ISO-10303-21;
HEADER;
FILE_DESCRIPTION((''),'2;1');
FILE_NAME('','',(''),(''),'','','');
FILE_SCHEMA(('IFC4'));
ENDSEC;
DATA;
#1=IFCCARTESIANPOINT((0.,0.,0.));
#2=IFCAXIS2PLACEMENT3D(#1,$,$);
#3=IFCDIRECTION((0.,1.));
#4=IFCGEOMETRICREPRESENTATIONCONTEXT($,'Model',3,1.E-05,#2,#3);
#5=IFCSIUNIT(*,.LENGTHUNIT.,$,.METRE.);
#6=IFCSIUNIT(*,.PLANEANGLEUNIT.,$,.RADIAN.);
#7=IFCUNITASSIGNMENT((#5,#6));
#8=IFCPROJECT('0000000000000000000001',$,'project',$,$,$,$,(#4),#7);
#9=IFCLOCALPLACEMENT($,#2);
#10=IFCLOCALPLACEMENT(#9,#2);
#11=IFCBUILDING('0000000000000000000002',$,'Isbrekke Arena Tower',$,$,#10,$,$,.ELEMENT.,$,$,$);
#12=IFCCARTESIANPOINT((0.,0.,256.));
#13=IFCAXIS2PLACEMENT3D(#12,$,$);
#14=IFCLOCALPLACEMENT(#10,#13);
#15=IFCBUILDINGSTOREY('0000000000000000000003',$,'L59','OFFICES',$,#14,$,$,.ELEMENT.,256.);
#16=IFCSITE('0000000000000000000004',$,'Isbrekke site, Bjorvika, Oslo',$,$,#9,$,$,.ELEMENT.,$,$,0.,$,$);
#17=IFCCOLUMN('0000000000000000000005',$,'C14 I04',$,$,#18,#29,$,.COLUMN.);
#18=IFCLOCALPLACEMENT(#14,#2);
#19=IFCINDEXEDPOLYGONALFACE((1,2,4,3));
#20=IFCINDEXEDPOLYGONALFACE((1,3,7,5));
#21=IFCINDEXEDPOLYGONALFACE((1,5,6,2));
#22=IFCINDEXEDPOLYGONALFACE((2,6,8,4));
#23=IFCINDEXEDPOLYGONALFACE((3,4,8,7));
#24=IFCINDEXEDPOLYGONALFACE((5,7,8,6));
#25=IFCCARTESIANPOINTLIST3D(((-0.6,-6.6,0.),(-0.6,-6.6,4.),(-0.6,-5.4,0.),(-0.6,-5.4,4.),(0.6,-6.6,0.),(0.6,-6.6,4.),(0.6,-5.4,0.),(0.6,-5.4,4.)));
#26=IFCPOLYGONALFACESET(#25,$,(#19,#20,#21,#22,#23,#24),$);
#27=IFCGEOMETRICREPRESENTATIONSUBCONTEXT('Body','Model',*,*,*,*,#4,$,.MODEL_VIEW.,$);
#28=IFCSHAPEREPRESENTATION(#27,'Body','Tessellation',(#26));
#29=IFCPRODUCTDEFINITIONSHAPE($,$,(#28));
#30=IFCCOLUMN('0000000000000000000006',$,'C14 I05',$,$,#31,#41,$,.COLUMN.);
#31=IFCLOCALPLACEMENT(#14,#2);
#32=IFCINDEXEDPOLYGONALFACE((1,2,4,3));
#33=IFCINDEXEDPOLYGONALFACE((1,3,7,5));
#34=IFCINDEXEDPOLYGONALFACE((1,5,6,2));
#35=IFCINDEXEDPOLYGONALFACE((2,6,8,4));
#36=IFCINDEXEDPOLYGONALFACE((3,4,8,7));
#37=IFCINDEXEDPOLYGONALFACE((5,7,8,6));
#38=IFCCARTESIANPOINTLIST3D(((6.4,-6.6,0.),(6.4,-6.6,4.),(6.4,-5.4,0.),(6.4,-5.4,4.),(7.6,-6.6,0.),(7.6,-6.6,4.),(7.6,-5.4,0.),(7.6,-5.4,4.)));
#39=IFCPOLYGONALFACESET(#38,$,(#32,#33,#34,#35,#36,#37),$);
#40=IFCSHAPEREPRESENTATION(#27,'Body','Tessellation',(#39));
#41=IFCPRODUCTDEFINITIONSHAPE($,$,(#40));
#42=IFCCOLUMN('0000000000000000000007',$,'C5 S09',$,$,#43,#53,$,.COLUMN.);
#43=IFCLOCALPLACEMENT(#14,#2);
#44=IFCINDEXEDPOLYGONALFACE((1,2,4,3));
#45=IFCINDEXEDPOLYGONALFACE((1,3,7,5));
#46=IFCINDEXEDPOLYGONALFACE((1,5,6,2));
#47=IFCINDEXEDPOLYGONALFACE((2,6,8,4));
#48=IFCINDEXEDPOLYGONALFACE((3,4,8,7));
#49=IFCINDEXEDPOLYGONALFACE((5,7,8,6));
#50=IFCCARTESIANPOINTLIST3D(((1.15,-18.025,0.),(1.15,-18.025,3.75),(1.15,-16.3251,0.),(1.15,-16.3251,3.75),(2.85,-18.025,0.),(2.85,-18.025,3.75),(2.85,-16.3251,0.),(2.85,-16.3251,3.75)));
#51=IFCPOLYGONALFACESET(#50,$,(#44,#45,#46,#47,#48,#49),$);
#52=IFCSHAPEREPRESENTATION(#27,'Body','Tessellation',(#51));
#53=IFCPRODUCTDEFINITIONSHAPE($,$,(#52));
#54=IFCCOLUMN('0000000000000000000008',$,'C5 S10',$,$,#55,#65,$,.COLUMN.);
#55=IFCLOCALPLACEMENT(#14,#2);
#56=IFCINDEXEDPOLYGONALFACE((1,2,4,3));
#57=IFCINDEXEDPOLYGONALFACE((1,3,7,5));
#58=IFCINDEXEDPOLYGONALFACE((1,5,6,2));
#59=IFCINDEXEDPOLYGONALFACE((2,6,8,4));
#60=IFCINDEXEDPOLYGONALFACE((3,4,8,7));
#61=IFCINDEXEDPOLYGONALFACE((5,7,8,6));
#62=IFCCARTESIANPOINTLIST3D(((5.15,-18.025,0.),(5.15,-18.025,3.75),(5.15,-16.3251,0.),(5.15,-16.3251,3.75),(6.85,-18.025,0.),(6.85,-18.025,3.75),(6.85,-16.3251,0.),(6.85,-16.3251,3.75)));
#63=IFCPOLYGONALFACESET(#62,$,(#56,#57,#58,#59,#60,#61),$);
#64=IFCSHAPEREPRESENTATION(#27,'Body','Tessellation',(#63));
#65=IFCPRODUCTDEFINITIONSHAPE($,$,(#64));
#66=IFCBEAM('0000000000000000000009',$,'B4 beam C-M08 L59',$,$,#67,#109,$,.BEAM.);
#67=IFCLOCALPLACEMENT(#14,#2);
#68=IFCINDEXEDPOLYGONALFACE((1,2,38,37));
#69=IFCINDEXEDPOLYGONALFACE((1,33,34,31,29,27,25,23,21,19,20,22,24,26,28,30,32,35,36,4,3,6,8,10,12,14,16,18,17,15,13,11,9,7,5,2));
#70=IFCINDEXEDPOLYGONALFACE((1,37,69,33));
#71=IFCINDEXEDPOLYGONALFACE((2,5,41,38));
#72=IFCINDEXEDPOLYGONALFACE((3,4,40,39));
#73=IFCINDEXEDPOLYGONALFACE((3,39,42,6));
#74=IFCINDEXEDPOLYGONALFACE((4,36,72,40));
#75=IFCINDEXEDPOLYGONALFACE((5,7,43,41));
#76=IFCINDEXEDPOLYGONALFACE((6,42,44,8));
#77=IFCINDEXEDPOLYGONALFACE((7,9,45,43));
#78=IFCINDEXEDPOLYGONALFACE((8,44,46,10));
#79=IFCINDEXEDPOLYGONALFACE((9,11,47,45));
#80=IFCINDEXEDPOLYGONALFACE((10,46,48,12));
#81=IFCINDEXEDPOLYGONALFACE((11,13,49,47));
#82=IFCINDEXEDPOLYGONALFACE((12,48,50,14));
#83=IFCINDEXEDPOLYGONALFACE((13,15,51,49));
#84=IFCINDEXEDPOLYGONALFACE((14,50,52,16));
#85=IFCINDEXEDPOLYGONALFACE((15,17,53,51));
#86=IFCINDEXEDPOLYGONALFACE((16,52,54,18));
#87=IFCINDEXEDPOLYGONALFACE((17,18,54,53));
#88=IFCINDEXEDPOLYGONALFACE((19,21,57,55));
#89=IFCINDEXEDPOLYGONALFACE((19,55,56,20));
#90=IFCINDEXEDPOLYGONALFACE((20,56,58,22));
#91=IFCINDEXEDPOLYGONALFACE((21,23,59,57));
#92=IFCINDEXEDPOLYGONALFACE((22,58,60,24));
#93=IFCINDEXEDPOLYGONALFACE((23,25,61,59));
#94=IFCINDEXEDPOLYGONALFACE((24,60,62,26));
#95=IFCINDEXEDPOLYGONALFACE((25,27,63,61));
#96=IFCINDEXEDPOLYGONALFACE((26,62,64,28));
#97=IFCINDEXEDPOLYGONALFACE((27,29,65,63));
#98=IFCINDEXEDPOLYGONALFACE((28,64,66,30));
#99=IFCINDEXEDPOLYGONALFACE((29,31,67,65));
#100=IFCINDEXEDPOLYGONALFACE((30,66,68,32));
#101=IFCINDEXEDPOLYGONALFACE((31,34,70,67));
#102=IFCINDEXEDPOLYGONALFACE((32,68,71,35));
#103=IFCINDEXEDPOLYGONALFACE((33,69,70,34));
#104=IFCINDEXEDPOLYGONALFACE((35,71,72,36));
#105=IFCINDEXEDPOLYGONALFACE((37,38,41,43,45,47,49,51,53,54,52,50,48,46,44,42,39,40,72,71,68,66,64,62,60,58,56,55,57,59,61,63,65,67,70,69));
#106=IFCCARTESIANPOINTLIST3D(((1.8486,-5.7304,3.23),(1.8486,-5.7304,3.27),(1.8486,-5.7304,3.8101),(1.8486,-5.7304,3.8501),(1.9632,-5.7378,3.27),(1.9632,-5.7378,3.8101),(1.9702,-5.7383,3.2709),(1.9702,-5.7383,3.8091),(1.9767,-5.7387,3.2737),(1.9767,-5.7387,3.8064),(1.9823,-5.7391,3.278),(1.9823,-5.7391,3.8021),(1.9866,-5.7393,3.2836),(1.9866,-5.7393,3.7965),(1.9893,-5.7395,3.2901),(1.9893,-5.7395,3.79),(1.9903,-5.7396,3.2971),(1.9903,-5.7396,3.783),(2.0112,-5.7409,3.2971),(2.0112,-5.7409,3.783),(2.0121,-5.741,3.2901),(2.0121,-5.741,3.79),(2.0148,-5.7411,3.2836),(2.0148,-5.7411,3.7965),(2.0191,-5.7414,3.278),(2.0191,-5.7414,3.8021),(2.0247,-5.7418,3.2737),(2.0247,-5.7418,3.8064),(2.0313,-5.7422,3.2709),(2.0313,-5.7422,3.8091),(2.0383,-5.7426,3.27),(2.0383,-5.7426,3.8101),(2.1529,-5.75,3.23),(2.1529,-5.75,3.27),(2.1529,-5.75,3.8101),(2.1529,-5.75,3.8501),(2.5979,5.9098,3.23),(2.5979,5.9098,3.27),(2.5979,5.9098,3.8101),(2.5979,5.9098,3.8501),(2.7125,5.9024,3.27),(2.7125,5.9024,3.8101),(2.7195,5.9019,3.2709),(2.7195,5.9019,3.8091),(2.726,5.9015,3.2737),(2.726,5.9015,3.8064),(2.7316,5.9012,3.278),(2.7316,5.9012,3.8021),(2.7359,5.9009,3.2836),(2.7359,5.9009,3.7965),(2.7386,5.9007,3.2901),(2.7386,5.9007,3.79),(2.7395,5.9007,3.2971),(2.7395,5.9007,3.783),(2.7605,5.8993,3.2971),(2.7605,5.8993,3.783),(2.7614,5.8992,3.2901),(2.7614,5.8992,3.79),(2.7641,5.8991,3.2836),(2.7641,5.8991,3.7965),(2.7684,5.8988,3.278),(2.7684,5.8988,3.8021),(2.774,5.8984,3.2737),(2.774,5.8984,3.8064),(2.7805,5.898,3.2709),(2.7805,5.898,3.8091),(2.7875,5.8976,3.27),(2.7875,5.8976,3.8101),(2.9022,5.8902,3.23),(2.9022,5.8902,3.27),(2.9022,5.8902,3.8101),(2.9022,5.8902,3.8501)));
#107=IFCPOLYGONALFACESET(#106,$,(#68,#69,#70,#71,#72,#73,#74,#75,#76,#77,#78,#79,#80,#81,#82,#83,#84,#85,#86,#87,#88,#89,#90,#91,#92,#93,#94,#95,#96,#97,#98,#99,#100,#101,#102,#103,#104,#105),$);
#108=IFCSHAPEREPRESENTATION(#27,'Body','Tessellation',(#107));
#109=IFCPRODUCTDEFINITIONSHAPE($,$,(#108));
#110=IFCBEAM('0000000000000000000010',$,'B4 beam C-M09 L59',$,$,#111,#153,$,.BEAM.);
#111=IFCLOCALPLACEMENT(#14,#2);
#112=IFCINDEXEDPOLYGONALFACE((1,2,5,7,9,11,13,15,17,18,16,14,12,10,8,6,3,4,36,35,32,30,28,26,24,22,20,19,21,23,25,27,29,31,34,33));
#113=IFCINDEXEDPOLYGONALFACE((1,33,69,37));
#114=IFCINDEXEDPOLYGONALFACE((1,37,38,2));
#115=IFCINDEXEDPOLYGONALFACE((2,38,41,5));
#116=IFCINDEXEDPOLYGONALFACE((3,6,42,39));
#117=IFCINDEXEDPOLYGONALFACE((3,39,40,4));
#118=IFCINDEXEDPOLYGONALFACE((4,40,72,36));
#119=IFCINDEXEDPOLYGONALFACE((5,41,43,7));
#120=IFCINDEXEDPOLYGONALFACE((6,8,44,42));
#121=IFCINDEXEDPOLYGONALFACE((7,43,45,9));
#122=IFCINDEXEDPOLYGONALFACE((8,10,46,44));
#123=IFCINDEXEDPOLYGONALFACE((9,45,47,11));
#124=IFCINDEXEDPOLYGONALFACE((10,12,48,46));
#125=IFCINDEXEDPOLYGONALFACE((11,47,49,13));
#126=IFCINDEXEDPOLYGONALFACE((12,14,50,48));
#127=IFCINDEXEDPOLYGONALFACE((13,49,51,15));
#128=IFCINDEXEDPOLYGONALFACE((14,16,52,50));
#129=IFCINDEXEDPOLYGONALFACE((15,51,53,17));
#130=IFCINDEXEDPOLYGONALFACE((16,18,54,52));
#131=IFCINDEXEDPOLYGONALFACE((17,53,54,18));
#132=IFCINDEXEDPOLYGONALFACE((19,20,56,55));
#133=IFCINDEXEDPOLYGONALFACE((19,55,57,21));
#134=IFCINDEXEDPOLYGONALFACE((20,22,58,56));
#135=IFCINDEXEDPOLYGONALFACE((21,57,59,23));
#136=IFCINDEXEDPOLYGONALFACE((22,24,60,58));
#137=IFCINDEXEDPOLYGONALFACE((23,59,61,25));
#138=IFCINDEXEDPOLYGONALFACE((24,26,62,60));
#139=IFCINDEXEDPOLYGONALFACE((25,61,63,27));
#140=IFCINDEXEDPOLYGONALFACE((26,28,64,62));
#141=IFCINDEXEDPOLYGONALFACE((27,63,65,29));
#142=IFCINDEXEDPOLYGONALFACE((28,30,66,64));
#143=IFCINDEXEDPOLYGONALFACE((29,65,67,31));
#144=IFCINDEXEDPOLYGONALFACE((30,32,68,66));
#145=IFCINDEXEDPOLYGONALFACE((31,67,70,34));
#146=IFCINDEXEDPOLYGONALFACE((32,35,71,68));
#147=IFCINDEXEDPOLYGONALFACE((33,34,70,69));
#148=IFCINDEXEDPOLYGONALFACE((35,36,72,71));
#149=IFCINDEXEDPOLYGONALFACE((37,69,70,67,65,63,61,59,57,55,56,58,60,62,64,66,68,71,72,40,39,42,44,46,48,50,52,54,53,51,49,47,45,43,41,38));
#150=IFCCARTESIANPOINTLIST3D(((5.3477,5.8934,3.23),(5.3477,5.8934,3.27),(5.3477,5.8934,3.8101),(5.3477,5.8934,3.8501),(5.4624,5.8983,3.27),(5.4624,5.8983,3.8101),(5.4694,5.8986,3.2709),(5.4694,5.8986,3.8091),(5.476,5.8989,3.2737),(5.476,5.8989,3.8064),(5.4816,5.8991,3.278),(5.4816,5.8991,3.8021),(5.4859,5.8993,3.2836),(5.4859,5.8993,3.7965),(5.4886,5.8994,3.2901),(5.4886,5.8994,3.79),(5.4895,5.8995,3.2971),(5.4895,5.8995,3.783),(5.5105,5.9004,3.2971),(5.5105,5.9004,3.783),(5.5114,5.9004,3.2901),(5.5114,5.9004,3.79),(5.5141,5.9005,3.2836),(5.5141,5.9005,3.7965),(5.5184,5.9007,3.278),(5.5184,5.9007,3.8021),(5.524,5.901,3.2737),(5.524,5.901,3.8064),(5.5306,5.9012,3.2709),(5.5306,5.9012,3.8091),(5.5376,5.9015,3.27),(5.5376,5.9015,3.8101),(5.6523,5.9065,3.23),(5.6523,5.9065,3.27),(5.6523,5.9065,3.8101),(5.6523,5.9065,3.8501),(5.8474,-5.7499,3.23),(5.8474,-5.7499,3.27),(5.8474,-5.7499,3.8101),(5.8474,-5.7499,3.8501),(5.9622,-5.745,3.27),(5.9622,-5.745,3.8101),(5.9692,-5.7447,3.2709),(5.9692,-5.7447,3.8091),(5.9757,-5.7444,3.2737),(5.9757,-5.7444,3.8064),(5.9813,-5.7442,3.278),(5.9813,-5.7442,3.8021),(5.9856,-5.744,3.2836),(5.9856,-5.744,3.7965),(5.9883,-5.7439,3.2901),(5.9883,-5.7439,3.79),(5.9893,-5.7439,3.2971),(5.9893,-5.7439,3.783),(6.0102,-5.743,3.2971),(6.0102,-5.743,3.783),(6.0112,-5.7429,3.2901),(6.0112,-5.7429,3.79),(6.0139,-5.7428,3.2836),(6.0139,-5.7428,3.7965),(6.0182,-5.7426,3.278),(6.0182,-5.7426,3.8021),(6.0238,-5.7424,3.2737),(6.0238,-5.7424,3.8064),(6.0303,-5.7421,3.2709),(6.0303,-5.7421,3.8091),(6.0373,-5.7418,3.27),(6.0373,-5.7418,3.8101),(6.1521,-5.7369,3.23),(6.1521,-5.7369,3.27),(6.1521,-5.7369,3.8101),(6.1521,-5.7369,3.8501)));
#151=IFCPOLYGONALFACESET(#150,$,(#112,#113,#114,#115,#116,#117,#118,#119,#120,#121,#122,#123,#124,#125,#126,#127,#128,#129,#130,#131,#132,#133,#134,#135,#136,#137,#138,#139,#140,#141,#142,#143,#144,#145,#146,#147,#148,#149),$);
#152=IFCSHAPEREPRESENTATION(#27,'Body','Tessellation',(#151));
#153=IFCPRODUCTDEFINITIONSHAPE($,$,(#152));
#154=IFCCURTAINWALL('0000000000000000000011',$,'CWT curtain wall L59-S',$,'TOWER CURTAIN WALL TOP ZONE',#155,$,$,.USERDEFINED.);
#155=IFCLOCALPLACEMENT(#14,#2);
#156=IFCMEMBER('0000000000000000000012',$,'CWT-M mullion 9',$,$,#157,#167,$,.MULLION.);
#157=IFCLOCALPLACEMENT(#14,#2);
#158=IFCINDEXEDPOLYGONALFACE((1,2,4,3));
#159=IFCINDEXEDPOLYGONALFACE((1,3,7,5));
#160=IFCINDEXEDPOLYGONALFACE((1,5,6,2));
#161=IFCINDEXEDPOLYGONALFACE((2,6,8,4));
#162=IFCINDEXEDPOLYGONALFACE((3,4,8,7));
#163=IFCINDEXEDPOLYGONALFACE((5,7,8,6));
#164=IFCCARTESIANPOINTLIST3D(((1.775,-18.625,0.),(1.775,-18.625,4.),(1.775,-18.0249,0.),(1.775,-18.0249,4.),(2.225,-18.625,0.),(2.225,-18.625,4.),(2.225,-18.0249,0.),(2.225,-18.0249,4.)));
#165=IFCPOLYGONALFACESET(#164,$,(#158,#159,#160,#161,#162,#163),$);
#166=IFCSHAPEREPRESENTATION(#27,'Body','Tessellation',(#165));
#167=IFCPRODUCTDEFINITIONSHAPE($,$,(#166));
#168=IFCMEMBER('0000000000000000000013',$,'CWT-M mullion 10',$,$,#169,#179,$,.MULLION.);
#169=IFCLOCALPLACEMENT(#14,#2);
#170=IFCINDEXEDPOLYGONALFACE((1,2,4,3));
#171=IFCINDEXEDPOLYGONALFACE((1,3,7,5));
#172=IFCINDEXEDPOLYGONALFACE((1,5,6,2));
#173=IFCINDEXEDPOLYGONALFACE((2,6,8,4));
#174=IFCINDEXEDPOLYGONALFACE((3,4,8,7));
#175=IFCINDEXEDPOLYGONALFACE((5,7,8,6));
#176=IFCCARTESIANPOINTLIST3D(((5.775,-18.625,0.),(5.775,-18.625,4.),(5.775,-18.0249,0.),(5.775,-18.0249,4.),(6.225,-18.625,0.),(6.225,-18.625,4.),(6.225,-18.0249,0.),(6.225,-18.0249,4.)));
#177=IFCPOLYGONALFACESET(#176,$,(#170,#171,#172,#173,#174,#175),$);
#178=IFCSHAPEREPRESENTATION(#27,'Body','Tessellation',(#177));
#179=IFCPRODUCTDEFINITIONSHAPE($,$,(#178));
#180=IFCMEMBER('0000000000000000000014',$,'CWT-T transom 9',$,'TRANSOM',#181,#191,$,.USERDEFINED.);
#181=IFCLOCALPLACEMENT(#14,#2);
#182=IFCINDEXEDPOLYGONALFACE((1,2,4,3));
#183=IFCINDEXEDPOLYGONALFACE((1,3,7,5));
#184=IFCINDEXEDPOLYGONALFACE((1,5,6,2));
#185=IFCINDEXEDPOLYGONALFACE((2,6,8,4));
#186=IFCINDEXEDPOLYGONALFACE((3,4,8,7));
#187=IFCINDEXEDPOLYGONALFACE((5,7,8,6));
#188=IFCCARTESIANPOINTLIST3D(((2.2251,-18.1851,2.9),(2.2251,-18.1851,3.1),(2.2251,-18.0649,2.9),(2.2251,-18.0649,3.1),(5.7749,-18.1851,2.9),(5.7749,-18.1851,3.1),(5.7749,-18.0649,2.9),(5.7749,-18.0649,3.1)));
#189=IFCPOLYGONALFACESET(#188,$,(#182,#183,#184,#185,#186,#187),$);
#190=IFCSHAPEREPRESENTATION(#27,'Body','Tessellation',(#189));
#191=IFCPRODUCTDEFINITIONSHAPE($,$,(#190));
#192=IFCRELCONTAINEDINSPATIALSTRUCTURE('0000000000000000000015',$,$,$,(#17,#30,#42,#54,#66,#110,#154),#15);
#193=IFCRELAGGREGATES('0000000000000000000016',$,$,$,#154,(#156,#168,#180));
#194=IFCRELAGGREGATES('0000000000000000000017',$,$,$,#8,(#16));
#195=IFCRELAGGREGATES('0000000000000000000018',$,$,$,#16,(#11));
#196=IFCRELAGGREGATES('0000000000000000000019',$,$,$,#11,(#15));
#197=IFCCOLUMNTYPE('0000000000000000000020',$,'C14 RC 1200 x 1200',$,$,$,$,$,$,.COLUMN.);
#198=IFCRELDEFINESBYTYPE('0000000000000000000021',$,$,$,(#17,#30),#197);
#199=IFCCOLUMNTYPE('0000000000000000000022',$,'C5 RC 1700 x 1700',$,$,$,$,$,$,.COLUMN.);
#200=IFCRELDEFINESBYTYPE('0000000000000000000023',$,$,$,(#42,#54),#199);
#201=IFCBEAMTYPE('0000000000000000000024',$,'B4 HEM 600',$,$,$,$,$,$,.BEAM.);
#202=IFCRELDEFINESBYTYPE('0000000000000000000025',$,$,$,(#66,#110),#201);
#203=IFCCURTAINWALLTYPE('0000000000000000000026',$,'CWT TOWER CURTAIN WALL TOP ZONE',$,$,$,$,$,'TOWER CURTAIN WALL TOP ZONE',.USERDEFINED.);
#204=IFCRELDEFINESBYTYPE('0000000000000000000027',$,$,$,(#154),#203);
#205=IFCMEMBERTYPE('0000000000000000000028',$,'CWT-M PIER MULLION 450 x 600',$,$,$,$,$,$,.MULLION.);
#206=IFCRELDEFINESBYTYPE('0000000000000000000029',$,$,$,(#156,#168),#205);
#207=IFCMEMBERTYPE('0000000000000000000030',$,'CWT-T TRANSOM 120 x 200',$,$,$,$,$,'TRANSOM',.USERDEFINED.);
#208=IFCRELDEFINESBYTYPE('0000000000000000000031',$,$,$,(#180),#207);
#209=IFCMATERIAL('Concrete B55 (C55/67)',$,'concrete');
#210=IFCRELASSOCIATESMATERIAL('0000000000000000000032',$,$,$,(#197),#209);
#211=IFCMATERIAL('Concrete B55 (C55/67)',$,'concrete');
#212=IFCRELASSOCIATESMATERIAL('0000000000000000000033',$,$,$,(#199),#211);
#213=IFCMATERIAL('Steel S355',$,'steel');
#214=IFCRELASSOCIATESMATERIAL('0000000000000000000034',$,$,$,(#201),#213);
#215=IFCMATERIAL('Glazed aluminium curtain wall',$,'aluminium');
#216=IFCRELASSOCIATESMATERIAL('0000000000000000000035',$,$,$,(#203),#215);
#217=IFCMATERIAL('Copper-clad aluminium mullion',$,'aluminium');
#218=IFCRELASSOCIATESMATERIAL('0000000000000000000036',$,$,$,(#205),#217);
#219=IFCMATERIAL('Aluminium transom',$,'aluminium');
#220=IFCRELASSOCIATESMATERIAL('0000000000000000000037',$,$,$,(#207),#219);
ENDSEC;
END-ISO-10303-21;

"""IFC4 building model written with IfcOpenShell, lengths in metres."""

from ifc_helpers import new_model, si_unit, direction, frame, origin, origin_2d, place, context, subcontext, project, spatial, rectangle, i_section, extrude, material, material_profile, profile_set, type_object, element, aggregate, save


model = new_model("IFC4")

# Units and contexts
model_context = context("Model", 3, precision=1e-05, world=origin(), true_north=direction((0.0, 1.0)))
body_context = subcontext(model_context, "Body", "Model", "MODEL_VIEW")
ifc_project = project(units=[si_unit("LENGTHUNIT", "METRE"), si_unit("PLANEANGLEUNIT", "RADIAN")], contexts=[model_context])

# Site, building, storey
site_placement = place(None, origin())
site = spatial("IfcSite", under=ifc_project, at=site_placement, Name="Isbrekke site, Bjorvika, Oslo", CompositionType="ELEMENT", RefElevation=0.0)
building_placement = place(site_placement, origin())
building = spatial("IfcBuilding", under=site, at=building_placement, Name="Isbrekke Arena Tower", CompositionType="ELEMENT")
storey_placement = place(building_placement, frame((0.0, 0.0, 256.0)))
storey = spatial("IfcBuildingStorey", under=building, at=storey_placement, Name="L59", Description="OFFICES", CompositionType="ELEMENT", Elevation=256.0)

# Columns
ifc_material_1 = material(Name="Concrete B55 (C55/67)", Category="concrete")
ifc_material_profile_1 = material_profile(ifc_material_1, rectangle(XDim=1.2, YDim=1.2, at=origin_2d()), Name="RC 1200x1200")
ifc_profile_set_1 = profile_set([ifc_material_profile_1], Name="Concrete B55 (C55/67)")
column_type_1 = type_object("IfcColumnType", Name="C14 RC 1200 x 1200", PredefinedType="COLUMN", material=ifc_profile_set_1)
for number, where, z_axis, x_axis, name in (
    (1, (0.0, -6.0, 0.0), (0.0, 0.0, 1.0), (1.0, 0.0, 0.0), "C14 I04"),
    (2, (7.0, -6.0, 0.0), (0.0, 0.0, 1.0), (1.0, 0.0, 0.0), "C14 I05"),
):
    element("IfcColumn", number, at=place(storey_placement, frame(where, z_axis=z_axis, x_axis=x_axis)), inside=storey, type_object=column_type_1, Name=name, PredefinedType="COLUMN", context=body_context, shape_type="SweptSolid", body=[
        extrude(rectangle(XDim=1.2, YDim=1.2, at=origin_2d()), origin(), (0.0, 0.0, 1.0), 4.0),
    ])
ifc_material_2 = material(Name="Concrete B55 (C55/67)", Category="concrete")
ifc_material_profile_2 = material_profile(ifc_material_2, rectangle(XDim=1.7, YDim=1.7, at=origin_2d()), Name="RC 1700x1700")
ifc_profile_set_2 = profile_set([ifc_material_profile_2], Name="Concrete B55 (C55/67)")
column_type_2 = type_object("IfcColumnType", Name="C5 RC 1700 x 1700", PredefinedType="COLUMN", material=ifc_profile_set_2)
for number, where, z_axis, x_axis, name in (
    (3, (2.0, -17.175, 0.0), (0.0, 0.0, 1.0), (1.0, 0.0, 0.0), "C5 S09"),
    (4, (6.0, -17.175, 0.0), (0.0, 0.0, 1.0), (1.0, 0.0, 0.0), "C5 S10"),
):
    element("IfcColumn", number, at=place(storey_placement, frame(where, z_axis=z_axis, x_axis=x_axis)), inside=storey, type_object=column_type_2, Name=name, PredefinedType="COLUMN", context=body_context, shape_type="SweptSolid", body=[
        extrude(rectangle(XDim=1.7, YDim=1.7, at=origin_2d()), origin(), (0.0, 0.0, 1.0), 3.75),
    ])

# Beams
ifc_material_3 = material(Name="Steel S355", Category="steel")
ifc_material_profile_3 = material_profile(ifc_material_3, i_section(OverallWidth=0.3049, OverallDepth=0.6201, WebThickness=0.021, FlangeThickness=0.04, FilletRadius=0.0271, at=origin_2d()), Name="HEM 600")
ifc_profile_set_3 = profile_set([ifc_material_profile_3], Name="Steel S355")
beam_type_1 = type_object("IfcBeamType", Name="B4 HEM 600", PredefinedType="BEAM", material=ifc_profile_set_3)
beam_1_placement = place(storey_placement, frame((2.0007, -5.7402, 3.54), z_axis=(0.064236, 0.997935, 0.0), x_axis=(-0.997935, 0.064236, 0.0)))
element("IfcBeam", 5, at=beam_1_placement, inside=storey, type_object=beam_type_1, Name="B4 beam C-M08 L59", PredefinedType="BEAM", context=body_context, shape_type="SweptSolid", body=[
    extrude(i_section(OverallWidth=0.3049, OverallDepth=0.6201, WebThickness=0.021, FlangeThickness=0.04, FilletRadius=0.0271, at=origin_2d()), origin(), (0.0, 0.0, 1.0), 11.6643),
])
beam_2_placement = place(storey_placement, frame((5.9998, -5.7434, 3.54), z_axis=(-0.042883, 0.99908, 0.0), x_axis=(-0.99908, -0.042883, 0.0)))
element("IfcBeam", 6, at=beam_2_placement, inside=storey, type_object=beam_type_1, Name="B4 beam C-M09 L59", PredefinedType="BEAM", context=body_context, shape_type="SweptSolid", body=[
    extrude(i_section(OverallWidth=0.3049, OverallDepth=0.6201, WebThickness=0.021, FlangeThickness=0.04, FilletRadius=0.0271, at=origin_2d()), origin(), (0.0, 0.0, 1.0), 11.6541),
])

# Curtain wall, members
ifc_material_4 = material(Name="Glazed aluminium curtain wall", Category="aluminium")
curtain_wall_type = type_object("IfcCurtainWallType", Name="CWT TOWER CURTAIN WALL TOP ZONE", ElementType="TOWER CURTAIN WALL TOP ZONE", PredefinedType="USERDEFINED", material=ifc_material_4)
curtain_wall_placement = place(storey_placement, origin())
curtain_wall = element("IfcCurtainWall", 7, at=curtain_wall_placement, inside=storey, type_object=curtain_wall_type, Name="CWT curtain wall L59-S", ObjectType="TOWER CURTAIN WALL TOP ZONE", PredefinedType="USERDEFINED")
ifc_material_5 = material(Name="Copper-clad aluminium mullion", Category="aluminium")
ifc_material_profile_4 = material_profile(ifc_material_5, rectangle(XDim=0.45, YDim=0.6001, at=origin_2d()), Name="PIER 450X600")
ifc_profile_set_4 = profile_set([ifc_material_profile_4], Name="Copper-clad aluminium mullion")
member_type_1 = type_object("IfcMemberType", Name="CWT-M PIER MULLION 450 x 600", PredefinedType="MULLION", material=ifc_profile_set_4)
member_1_placement = place(storey_placement, frame((2.0, -18.325, 0.0), z_axis=(0.0, 0.0, 1.0), x_axis=(1.0, 0.0, 0.0)))
member_1 = element("IfcMember", 8, at=member_1_placement, type_object=member_type_1, Name="CWT-M mullion 9", PredefinedType="MULLION", context=body_context, shape_type="SweptSolid", body=[
    extrude(rectangle(XDim=0.45, YDim=0.6001, at=origin_2d()), origin(), (0.0, 0.0, 1.0), 4.0),
])
member_2_placement = place(storey_placement, frame((6.0, -18.325, 0.0), z_axis=(0.0, 0.0, 1.0), x_axis=(1.0, 0.0, 0.0)))
member_2 = element("IfcMember", 9, at=member_2_placement, type_object=member_type_1, Name="CWT-M mullion 10", PredefinedType="MULLION", context=body_context, shape_type="SweptSolid", body=[
    extrude(rectangle(XDim=0.45, YDim=0.6001, at=origin_2d()), origin(), (0.0, 0.0, 1.0), 4.0),
])
ifc_material_6 = material(Name="Aluminium transom", Category="aluminium")
ifc_material_profile_5 = material_profile(ifc_material_6, rectangle(XDim=0.1201, YDim=0.2, at=origin_2d()), Name="TRANSOM 120X200")
ifc_profile_set_5 = profile_set([ifc_material_profile_5], Name="Aluminium transom")
member_type_2 = type_object("IfcMemberType", Name="CWT-T TRANSOM 120 x 200", ElementType="TRANSOM", PredefinedType="USERDEFINED", material=ifc_profile_set_5)
member_3_placement = place(storey_placement, frame((2.2251, -18.125, 3.0), z_axis=(1.0, 0.0, 0.0), x_axis=(0.0, 1.0, 0.0)))
member_3 = element("IfcMember", 10, at=member_3_placement, type_object=member_type_2, Name="CWT-T transom 9", ObjectType="TRANSOM", PredefinedType="USERDEFINED", context=body_context, shape_type="SweptSolid", body=[
    extrude(rectangle(XDim=0.1201, YDim=0.2, at=origin_2d()), origin(), (0.0, 0.0, 1.0), 3.5498),
])

aggregate(curtain_wall, [member_1, member_2, member_3])

save(model, "model.ifc")
